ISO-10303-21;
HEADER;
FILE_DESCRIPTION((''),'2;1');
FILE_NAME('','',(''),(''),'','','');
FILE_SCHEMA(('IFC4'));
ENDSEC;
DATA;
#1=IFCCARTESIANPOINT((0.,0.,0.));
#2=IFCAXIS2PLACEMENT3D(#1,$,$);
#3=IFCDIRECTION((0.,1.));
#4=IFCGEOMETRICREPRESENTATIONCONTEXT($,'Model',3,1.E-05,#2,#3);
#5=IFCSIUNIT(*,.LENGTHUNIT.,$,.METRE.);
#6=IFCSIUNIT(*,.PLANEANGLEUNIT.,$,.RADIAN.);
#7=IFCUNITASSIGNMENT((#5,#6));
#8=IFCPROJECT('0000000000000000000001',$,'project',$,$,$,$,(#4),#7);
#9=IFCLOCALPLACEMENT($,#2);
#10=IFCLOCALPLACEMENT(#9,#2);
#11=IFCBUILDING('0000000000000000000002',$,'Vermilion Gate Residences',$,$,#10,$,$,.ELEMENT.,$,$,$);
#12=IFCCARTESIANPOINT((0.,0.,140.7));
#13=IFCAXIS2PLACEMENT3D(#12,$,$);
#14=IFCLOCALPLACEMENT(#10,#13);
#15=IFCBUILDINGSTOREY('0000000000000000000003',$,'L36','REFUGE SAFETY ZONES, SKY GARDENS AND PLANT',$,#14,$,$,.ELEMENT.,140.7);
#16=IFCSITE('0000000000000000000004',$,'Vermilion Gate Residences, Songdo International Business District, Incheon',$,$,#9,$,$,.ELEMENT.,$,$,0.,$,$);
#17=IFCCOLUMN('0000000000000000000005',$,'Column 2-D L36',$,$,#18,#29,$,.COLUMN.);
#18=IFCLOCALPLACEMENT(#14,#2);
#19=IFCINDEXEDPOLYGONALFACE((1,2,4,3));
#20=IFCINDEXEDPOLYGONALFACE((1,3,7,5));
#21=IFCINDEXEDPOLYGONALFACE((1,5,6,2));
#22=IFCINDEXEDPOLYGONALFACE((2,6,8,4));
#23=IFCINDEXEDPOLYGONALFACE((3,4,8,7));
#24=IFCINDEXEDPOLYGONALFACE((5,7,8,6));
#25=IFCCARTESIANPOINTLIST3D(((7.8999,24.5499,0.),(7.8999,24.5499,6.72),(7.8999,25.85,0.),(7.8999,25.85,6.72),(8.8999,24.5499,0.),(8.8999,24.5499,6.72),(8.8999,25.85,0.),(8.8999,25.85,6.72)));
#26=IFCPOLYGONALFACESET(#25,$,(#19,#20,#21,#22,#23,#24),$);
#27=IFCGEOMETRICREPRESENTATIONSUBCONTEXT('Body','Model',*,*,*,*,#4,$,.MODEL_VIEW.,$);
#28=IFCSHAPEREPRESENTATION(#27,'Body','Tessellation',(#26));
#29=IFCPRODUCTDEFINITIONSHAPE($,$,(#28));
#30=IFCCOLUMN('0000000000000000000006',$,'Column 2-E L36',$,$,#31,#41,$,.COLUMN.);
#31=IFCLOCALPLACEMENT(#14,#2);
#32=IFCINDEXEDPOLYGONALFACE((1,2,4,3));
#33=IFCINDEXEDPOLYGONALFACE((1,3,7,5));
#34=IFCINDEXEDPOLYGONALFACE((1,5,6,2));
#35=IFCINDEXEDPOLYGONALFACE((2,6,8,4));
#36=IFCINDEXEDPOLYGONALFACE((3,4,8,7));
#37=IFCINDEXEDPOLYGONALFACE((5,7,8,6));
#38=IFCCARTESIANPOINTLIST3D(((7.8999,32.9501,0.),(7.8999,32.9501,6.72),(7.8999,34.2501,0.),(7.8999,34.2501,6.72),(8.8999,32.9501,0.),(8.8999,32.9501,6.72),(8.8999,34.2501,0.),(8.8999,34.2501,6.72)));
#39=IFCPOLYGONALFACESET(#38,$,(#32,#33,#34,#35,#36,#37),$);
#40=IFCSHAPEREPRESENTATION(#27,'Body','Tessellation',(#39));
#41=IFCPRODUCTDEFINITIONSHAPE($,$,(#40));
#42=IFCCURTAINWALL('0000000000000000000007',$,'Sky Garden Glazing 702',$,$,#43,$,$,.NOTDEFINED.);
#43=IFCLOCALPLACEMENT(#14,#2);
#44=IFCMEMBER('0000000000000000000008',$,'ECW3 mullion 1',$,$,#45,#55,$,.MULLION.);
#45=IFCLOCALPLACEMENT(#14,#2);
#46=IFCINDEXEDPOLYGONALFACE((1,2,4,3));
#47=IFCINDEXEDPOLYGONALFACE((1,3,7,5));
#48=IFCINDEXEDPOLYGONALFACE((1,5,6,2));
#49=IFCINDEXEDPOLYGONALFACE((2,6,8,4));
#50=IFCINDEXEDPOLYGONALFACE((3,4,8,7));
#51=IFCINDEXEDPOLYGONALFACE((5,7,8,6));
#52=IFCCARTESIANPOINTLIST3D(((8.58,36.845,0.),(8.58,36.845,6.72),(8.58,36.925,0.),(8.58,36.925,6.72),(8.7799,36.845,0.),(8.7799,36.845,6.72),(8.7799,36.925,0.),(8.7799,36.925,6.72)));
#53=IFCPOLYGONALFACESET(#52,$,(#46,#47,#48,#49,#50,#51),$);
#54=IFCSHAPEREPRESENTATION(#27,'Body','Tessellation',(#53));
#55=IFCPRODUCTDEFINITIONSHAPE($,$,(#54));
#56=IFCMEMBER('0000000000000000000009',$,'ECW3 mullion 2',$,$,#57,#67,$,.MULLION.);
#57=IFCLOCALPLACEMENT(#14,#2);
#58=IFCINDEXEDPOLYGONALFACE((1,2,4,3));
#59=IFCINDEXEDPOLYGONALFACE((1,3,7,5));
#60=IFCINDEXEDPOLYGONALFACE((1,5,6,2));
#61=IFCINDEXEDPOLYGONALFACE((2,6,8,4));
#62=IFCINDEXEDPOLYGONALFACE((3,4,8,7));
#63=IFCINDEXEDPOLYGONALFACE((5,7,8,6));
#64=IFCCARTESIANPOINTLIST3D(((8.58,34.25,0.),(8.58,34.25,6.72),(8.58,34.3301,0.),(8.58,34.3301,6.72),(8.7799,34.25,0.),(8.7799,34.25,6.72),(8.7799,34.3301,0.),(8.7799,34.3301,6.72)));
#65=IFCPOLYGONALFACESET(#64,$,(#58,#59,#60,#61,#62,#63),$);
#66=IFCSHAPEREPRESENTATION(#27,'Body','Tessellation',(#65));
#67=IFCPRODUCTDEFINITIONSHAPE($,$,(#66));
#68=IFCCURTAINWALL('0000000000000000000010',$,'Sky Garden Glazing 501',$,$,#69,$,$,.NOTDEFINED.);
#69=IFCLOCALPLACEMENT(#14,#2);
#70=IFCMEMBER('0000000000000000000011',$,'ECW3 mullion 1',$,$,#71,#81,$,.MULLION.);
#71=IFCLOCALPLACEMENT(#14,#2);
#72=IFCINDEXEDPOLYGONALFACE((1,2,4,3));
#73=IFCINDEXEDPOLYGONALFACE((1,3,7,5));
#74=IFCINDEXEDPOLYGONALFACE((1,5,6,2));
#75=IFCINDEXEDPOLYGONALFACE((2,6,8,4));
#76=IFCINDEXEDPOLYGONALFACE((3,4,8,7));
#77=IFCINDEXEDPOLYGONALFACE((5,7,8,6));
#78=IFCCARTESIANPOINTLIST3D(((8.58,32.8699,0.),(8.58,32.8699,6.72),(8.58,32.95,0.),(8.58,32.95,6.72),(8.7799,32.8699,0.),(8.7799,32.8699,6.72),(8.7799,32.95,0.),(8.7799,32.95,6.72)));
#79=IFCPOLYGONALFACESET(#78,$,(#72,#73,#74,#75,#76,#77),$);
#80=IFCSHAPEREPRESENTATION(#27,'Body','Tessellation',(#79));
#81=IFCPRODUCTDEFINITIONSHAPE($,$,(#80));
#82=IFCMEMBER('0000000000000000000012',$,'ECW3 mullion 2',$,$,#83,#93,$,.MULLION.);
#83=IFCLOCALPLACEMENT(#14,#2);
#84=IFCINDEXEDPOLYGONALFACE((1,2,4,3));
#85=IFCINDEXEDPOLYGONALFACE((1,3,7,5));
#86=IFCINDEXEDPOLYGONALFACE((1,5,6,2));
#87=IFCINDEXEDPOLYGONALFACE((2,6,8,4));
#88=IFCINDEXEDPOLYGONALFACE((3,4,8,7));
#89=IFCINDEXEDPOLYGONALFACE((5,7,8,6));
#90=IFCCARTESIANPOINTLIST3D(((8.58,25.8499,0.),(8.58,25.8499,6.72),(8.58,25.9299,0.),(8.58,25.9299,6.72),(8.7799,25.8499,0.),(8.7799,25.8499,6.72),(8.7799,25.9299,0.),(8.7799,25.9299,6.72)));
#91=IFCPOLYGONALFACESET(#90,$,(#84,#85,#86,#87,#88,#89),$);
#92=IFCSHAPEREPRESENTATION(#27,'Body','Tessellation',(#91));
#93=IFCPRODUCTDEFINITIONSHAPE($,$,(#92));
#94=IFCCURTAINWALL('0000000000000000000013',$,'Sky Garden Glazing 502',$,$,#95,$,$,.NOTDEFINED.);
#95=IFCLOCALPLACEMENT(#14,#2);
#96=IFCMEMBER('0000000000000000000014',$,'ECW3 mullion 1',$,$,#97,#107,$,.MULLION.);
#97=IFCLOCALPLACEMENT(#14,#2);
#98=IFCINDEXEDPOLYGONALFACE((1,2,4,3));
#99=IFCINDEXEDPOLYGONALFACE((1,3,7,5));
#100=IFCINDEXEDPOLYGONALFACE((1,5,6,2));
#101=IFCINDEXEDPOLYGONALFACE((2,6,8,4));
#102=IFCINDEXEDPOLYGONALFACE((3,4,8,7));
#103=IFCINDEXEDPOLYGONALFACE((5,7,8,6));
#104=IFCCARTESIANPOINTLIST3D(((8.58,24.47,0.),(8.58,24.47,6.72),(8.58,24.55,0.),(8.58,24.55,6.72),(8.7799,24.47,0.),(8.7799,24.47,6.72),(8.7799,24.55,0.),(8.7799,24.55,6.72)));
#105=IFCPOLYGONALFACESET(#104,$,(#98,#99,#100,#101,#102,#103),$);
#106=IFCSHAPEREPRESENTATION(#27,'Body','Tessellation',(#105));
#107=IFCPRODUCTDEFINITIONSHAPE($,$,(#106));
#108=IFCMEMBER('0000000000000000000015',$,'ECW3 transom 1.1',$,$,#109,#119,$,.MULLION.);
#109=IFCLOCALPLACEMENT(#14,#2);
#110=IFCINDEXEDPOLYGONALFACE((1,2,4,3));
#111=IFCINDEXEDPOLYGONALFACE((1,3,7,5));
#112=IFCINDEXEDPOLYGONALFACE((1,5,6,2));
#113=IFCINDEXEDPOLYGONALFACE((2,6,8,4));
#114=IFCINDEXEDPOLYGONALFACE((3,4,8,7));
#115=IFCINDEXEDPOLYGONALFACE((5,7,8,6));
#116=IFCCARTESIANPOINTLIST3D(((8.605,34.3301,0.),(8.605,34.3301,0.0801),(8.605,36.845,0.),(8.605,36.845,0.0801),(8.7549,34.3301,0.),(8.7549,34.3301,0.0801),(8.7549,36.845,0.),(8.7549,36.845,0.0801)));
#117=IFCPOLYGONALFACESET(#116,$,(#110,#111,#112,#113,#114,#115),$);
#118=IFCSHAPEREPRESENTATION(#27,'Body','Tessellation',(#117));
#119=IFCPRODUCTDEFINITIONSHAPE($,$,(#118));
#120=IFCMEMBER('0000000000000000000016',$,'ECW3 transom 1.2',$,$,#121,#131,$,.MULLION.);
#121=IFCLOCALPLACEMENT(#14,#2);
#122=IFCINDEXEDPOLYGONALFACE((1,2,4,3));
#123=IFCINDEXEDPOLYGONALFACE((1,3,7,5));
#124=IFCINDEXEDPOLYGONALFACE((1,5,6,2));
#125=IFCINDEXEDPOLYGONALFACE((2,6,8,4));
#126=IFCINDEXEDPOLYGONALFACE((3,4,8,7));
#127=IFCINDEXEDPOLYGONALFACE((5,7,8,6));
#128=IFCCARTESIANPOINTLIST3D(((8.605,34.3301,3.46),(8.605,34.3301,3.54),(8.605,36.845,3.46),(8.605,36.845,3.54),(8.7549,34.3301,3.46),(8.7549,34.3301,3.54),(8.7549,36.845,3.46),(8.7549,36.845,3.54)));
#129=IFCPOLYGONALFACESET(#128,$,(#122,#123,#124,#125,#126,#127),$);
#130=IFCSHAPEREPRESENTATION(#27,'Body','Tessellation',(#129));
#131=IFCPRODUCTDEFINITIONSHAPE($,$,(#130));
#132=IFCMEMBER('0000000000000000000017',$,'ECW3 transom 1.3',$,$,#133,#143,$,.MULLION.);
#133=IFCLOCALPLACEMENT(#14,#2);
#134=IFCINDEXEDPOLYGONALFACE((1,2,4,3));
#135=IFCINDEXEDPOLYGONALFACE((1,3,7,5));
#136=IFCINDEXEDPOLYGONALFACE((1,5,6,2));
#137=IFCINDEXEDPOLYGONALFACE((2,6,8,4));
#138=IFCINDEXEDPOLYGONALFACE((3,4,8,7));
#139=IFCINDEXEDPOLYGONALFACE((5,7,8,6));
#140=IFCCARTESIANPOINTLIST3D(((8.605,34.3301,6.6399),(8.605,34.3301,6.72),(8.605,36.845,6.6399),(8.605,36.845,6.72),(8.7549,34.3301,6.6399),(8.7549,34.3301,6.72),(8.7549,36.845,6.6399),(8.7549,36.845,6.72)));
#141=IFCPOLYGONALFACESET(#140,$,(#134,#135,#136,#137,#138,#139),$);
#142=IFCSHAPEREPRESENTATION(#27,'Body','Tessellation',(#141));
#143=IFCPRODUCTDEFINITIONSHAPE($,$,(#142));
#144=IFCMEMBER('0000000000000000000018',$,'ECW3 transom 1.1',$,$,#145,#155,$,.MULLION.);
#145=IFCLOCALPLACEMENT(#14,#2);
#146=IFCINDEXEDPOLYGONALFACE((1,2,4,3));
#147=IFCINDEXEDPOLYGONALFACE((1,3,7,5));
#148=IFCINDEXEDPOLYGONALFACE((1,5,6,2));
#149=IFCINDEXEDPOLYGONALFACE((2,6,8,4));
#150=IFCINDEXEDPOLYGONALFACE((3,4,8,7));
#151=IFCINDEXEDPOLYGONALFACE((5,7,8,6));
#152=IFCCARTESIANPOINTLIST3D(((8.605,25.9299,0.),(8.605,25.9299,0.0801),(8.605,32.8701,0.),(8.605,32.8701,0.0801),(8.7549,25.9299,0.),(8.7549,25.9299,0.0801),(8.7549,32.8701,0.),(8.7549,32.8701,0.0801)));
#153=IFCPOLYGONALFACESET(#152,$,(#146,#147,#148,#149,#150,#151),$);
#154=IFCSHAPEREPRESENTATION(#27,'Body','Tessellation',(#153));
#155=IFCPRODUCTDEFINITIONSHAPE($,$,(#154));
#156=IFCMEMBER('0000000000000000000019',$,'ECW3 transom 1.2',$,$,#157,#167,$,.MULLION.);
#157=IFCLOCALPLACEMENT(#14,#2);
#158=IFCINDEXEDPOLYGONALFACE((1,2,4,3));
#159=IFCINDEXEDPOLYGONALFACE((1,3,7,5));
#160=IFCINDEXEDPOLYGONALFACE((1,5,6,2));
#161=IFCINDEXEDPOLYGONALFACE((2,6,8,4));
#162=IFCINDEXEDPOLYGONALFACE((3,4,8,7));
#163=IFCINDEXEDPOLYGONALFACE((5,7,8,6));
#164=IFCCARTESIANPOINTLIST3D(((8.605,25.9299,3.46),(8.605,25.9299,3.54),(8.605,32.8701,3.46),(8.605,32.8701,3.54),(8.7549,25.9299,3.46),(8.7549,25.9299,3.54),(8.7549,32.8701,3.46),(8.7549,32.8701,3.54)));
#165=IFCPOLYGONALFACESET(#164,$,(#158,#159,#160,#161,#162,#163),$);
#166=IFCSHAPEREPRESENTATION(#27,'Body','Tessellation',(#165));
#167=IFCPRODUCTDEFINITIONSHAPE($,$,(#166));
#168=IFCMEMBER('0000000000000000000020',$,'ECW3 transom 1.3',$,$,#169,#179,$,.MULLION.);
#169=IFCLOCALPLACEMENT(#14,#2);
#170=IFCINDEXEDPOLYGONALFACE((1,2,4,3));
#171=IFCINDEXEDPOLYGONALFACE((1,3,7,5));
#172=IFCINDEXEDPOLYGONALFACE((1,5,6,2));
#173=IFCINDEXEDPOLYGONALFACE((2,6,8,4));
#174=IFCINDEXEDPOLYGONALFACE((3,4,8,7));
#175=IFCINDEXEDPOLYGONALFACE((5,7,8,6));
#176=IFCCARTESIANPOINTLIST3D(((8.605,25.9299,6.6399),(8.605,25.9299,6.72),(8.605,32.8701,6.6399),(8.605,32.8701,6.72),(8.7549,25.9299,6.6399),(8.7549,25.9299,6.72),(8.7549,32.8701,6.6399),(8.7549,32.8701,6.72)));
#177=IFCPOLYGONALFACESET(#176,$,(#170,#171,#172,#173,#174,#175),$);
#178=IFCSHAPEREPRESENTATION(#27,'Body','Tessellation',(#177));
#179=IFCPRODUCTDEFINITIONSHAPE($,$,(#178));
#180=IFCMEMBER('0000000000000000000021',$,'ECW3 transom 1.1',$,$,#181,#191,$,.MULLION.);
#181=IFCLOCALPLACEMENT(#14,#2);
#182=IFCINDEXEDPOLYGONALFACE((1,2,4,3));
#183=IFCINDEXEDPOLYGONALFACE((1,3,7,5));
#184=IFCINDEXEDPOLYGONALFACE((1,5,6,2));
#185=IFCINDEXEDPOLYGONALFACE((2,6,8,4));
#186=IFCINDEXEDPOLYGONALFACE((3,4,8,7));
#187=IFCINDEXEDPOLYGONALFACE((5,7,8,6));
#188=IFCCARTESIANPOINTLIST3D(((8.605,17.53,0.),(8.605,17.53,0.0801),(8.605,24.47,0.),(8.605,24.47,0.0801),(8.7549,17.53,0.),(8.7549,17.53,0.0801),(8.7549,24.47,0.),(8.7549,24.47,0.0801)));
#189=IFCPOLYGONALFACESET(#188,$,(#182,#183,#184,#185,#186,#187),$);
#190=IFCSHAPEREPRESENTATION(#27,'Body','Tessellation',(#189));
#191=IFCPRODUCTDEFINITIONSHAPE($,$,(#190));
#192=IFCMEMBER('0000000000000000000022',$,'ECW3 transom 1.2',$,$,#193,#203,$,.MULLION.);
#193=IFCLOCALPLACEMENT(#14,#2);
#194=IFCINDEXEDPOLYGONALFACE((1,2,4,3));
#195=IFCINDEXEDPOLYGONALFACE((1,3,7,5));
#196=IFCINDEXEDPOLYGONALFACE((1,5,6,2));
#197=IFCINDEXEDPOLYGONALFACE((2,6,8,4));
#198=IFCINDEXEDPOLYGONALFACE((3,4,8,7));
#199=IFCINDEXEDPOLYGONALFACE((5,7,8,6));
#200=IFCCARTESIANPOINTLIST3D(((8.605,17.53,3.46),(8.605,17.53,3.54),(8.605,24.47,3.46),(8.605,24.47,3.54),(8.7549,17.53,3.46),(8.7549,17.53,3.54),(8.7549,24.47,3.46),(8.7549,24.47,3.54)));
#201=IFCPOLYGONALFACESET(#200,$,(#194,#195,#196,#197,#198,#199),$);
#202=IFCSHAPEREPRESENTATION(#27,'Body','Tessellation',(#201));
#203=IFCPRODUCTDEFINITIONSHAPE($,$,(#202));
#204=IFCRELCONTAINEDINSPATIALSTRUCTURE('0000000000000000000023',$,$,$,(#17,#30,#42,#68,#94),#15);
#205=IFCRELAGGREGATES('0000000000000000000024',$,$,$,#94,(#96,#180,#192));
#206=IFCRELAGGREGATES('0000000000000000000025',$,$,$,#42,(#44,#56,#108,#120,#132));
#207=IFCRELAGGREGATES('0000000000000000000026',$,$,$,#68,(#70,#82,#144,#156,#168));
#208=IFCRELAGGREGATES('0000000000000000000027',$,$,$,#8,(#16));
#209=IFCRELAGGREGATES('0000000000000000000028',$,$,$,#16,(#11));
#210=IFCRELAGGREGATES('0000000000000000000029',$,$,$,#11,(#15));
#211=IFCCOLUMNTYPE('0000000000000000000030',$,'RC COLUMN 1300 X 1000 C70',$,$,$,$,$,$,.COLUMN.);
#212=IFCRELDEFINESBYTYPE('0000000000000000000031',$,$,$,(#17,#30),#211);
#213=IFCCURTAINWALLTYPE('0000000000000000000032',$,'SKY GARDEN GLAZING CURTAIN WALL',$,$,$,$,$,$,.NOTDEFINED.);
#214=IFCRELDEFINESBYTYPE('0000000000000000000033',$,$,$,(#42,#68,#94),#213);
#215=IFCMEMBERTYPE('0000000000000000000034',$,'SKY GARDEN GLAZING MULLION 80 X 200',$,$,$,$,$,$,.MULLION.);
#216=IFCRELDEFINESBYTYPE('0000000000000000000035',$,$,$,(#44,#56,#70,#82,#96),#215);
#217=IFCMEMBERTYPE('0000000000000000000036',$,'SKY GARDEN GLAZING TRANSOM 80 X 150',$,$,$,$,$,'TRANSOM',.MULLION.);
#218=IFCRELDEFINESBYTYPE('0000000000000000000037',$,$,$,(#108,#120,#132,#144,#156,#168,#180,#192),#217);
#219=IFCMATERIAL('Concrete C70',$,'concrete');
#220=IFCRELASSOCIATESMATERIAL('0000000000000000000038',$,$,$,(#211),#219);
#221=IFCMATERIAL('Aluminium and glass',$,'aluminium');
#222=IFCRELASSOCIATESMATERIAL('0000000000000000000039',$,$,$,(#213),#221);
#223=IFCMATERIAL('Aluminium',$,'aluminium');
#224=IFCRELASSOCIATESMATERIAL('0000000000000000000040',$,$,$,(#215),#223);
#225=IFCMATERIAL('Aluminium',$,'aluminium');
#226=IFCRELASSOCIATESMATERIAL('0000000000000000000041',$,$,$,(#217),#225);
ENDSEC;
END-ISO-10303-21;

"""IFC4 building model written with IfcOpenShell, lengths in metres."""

from ifc_helpers import new_model, si_unit, direction, frame, origin, origin_2d, place, context, subcontext, project, spatial, rectangle, extrude, material, material_profile, profile_set, type_object, element, aggregate, save


model = new_model("IFC4")

# Units and contexts
model_context = context("Model", 3, precision=1e-05, world=origin(), true_north=direction((0.0, 1.0)))
body_context = subcontext(model_context, "Body", "Model", "MODEL_VIEW")
ifc_project = project(units=[si_unit("LENGTHUNIT", "METRE"), si_unit("PLANEANGLEUNIT", "RADIAN")], contexts=[model_context])

# Site, building, storey
site_placement = place(None, origin())
site = spatial("IfcSite", under=ifc_project, at=site_placement, Name="Vermilion Gate Residences, Songdo International Business District, Incheon", CompositionType="ELEMENT", RefElevation=0.0)
building_placement = place(site_placement, origin())
building = spatial("IfcBuilding", under=site, at=building_placement, Name="Vermilion Gate Residences", CompositionType="ELEMENT")
storey_placement = place(building_placement, frame((0.0, 0.0, 140.7)))
storey = spatial("IfcBuildingStorey", under=building, at=storey_placement, Name="L36", Description="REFUGE SAFETY ZONES, SKY GARDENS AND PLANT", CompositionType="ELEMENT", Elevation=140.7)

# Columns
ifc_material_1 = material(Name="Concrete C70", Category="concrete")
ifc_material_profile_1 = material_profile(ifc_material_1, rectangle(XDim=1.3, YDim=1.0, at=origin_2d()), Name="RC-1300x1000")
ifc_profile_set_1 = profile_set([ifc_material_profile_1], Name="Concrete C70")
column_type = type_object("IfcColumnType", Name="RC COLUMN 1300 X 1000 C70", PredefinedType="COLUMN", material=ifc_profile_set_1)
for number, where, z_axis, x_axis, name in (
    (1, (8.3999, 25.2, 0.0), (0.0, 0.0, 1.0), (0.0, 1.0, 0.0), "Column 2-D L36"),
    (2, (8.3999, 33.6001, 0.0), (0.0, 0.0, 1.0), (0.0, 1.0, 0.0), "Column 2-E L36"),
):
    element("IfcColumn", number, at=place(storey_placement, frame(where, z_axis=z_axis, x_axis=x_axis)), inside=storey, type_object=column_type, Name=name, PredefinedType="COLUMN", context=body_context, shape_type="SweptSolid", body=[
        extrude(rectangle(XDim=1.3, YDim=1.0, at=origin_2d()), origin(), (0.0, 0.0, 1.0), 6.72),
    ])

# Curtain walls, members
ifc_material_2 = material(Name="Aluminium and glass", Category="aluminium")
curtain_wall_type = type_object("IfcCurtainWallType", Name="SKY GARDEN GLAZING CURTAIN WALL", PredefinedType="NOTDEFINED", material=ifc_material_2)
curtain_wall_1_placement = place(storey_placement, origin())
curtain_wall_1 = element("IfcCurtainWall", 3, at=curtain_wall_1_placement, inside=storey, type_object=curtain_wall_type, Name="Sky Garden Glazing 702", PredefinedType="NOTDEFINED")
ifc_material_3 = material(Name="Aluminium", Category="aluminium")
ifc_material_profile_2 = material_profile(ifc_material_3, rectangle(XDim=0.2, YDim=0.0801, at=origin_2d()), Name="MULLION 80 X 200")
ifc_profile_set_2 = profile_set([ifc_material_profile_2], Name="Aluminium")
member_type_1 = type_object("IfcMemberType", Name="SKY GARDEN GLAZING MULLION 80 X 200", PredefinedType="MULLION", material=ifc_profile_set_2)
member_1_placement = place(storey_placement, frame((8.6799, 36.885, 0.0), z_axis=(0.0, 0.0, 1.0), x_axis=(1.0, 0.0, 0.0)))
member_1 = element("IfcMember", 4, at=member_1_placement, type_object=member_type_1, Name="ECW3 mullion 1", PredefinedType="MULLION", context=body_context, shape_type="SweptSolid", body=[
    extrude(rectangle(XDim=0.2, YDim=0.0801, at=origin_2d()), origin(), (0.0, 0.0, 1.0), 6.72),
])
member_2_placement = place(storey_placement, frame((8.6799, 34.29, 0.0), z_axis=(0.0, 0.0, 1.0), x_axis=(1.0, 0.0, 0.0)))
member_2 = element("IfcMember", 5, at=member_2_placement, type_object=member_type_1, Name="ECW3 mullion 2", PredefinedType="MULLION", context=body_context, shape_type="SweptSolid", body=[
    extrude(rectangle(XDim=0.2, YDim=0.0801, at=origin_2d()), origin(), (0.0, 0.0, 1.0), 6.72),
])
curtain_wall_2_placement = place(storey_placement, origin())
curtain_wall_2 = element("IfcCurtainWall", 6, at=curtain_wall_2_placement, inside=storey, type_object=curtain_wall_type, Name="Sky Garden Glazing 501", PredefinedType="NOTDEFINED")
member_3_placement = place(storey_placement, frame((8.6799, 32.9099, 0.0), z_axis=(0.0, 0.0, 1.0), x_axis=(1.0, 0.0, 0.0)))
member_3 = element("IfcMember", 7, at=member_3_placement, type_object=member_type_1, Name="ECW3 mullion 1", PredefinedType="MULLION", context=body_context, shape_type="SweptSolid", body=[
    extrude(rectangle(XDim=0.2, YDim=0.0801, at=origin_2d()), origin(), (0.0, 0.0, 1.0), 6.72),
])
member_4_placement = place(storey_placement, frame((8.6799, 25.8899, 0.0), z_axis=(0.0, 0.0, 1.0), x_axis=(1.0, 0.0, 0.0)))
member_4 = element("IfcMember", 8, at=member_4_placement, type_object=member_type_1, Name="ECW3 mullion 2", PredefinedType="MULLION", context=body_context, shape_type="SweptSolid", body=[
    extrude(rectangle(XDim=0.2, YDim=0.0801, at=origin_2d()), origin(), (0.0, 0.0, 1.0), 6.72),
])

# Curtain wall, member
curtain_wall_3_placement = place(storey_placement, origin())
curtain_wall_3 = element("IfcCurtainWall", 9, at=curtain_wall_3_placement, inside=storey, type_object=curtain_wall_type, Name="Sky Garden Glazing 502", PredefinedType="NOTDEFINED")
member_5_placement = place(storey_placement, frame((8.6799, 24.51, 0.0), z_axis=(0.0, 0.0, 1.0), x_axis=(1.0, 0.0, 0.0)))
member_5 = element("IfcMember", 10, at=member_5_placement, type_object=member_type_1, Name="ECW3 mullion 1", PredefinedType="MULLION", context=body_context, shape_type="SweptSolid", body=[
    extrude(rectangle(XDim=0.2, YDim=0.0801, at=origin_2d()), origin(), (0.0, 0.0, 1.0), 6.72),
])

# Members
ifc_material_4 = material(Name="Aluminium", Category="aluminium")
ifc_material_profile_3 = material_profile(ifc_material_4, rectangle(XDim=0.1499, YDim=0.0801, at=origin_2d()), Name="TRANSOM 80 X 150")
ifc_profile_set_3 = profile_set([ifc_material_profile_3], Name="Aluminium")
member_type_2 = type_object("IfcMemberType", Name="SKY GARDEN GLAZING TRANSOM 80 X 150", ElementType="TRANSOM", PredefinedType="MULLION", material=ifc_profile_set_3)
member_6_placement = place(storey_placement, frame((8.6799, 36.845, 0.04), z_axis=(0.0, -1.0, 0.0), x_axis=(1.0, 0.0, 0.0)))
member_6 = element("IfcMember", 11, at=member_6_placement, type_object=member_type_2, Name="ECW3 transom 1.1", PredefinedType="MULLION", context=body_context, shape_type="SweptSolid", body=[
    extrude(rectangle(XDim=0.1499, YDim=0.0801, at=origin_2d()), origin(), (0.0, 0.0, 1.0), 2.5149),
])
member_7_placement = place(storey_placement, frame((8.6799, 36.845, 3.5), z_axis=(0.0, -1.0, 0.0), x_axis=(1.0, 0.0, 0.0)))
member_7 = element("IfcMember", 12, at=member_7_placement, type_object=member_type_2, Name="ECW3 transom 1.2", PredefinedType="MULLION", context=body_context, shape_type="SweptSolid", body=[
    extrude(rectangle(XDim=0.1499, YDim=0.0801, at=origin_2d()), origin(), (0.0, 0.0, 1.0), 2.5149),
])
member_8_placement = place(storey_placement, frame((8.6799, 36.845, 6.6799), z_axis=(0.0, -1.0, 0.0), x_axis=(1.0, 0.0, 0.0)))
member_8 = element("IfcMember", 13, at=member_8_placement, type_object=member_type_2, Name="ECW3 transom 1.3", PredefinedType="MULLION", context=body_context, shape_type="SweptSolid", body=[
    extrude(rectangle(XDim=0.1499, YDim=0.0801, at=origin_2d()), origin(), (0.0, 0.0, 1.0), 2.5149),
])
member_9_placement = place(storey_placement, frame((8.6799, 32.8701, 0.04), z_axis=(0.0, -1.0, 0.0), x_axis=(1.0, 0.0, 0.0)))
member_9 = element("IfcMember", 14, at=member_9_placement, type_object=member_type_2, Name="ECW3 transom 1.1", PredefinedType="MULLION", context=body_context, shape_type="SweptSolid", body=[
    extrude(rectangle(XDim=0.1499, YDim=0.0801, at=origin_2d()), origin(), (0.0, 0.0, 1.0), 6.9402),
])
member_10_placement = place(storey_placement, frame((8.6799, 32.8701, 3.5), z_axis=(0.0, -1.0, 0.0), x_axis=(1.0, 0.0, 0.0)))
member_10 = element("IfcMember", 15, at=member_10_placement, type_object=member_type_2, Name="ECW3 transom 1.2", PredefinedType="MULLION", context=body_context, shape_type="SweptSolid", body=[
    extrude(rectangle(XDim=0.1499, YDim=0.0801, at=origin_2d()), origin(), (0.0, 0.0, 1.0), 6.9402),
])
member_11_placement = place(storey_placement, frame((8.6799, 32.8701, 6.6799), z_axis=(0.0, -1.0, 0.0), x_axis=(1.0, 0.0, 0.0)))
member_11 = element("IfcMember", 16, at=member_11_placement, type_object=member_type_2, Name="ECW3 transom 1.3", PredefinedType="MULLION", context=body_context, shape_type="SweptSolid", body=[
    extrude(rectangle(XDim=0.1499, YDim=0.0801, at=origin_2d()), origin(), (0.0, 0.0, 1.0), 6.9402),
])
member_12_placement = place(storey_placement, frame((8.6799, 24.47, 0.04), z_axis=(0.0, -1.0, 0.0), x_axis=(1.0, 0.0, 0.0)))
member_12 = element("IfcMember", 17, at=member_12_placement, type_object=member_type_2, Name="ECW3 transom 1.1", PredefinedType="MULLION", context=body_context, shape_type="SweptSolid", body=[
    extrude(rectangle(XDim=0.1499, YDim=0.0801, at=origin_2d()), origin(), (0.0, 0.0, 1.0), 6.9399),
])
member_13_placement = place(storey_placement, frame((8.6799, 24.47, 3.5), z_axis=(0.0, -1.0, 0.0), x_axis=(1.0, 0.0, 0.0)))
member_13 = element("IfcMember", 18, at=member_13_placement, type_object=member_type_2, Name="ECW3 transom 1.2", PredefinedType="MULLION", context=body_context, shape_type="SweptSolid", body=[
    extrude(rectangle(XDim=0.1499, YDim=0.0801, at=origin_2d()), origin(), (0.0, 0.0, 1.0), 6.9399),
])
aggregate(curtain_wall_3, [member_5, member_12, member_13])

aggregate(curtain_wall_1, [member_1, member_2, member_6, member_7, member_8])
aggregate(curtain_wall_2, [member_3, member_4, member_9, member_10, member_11])

save(model, "model.ifc")
